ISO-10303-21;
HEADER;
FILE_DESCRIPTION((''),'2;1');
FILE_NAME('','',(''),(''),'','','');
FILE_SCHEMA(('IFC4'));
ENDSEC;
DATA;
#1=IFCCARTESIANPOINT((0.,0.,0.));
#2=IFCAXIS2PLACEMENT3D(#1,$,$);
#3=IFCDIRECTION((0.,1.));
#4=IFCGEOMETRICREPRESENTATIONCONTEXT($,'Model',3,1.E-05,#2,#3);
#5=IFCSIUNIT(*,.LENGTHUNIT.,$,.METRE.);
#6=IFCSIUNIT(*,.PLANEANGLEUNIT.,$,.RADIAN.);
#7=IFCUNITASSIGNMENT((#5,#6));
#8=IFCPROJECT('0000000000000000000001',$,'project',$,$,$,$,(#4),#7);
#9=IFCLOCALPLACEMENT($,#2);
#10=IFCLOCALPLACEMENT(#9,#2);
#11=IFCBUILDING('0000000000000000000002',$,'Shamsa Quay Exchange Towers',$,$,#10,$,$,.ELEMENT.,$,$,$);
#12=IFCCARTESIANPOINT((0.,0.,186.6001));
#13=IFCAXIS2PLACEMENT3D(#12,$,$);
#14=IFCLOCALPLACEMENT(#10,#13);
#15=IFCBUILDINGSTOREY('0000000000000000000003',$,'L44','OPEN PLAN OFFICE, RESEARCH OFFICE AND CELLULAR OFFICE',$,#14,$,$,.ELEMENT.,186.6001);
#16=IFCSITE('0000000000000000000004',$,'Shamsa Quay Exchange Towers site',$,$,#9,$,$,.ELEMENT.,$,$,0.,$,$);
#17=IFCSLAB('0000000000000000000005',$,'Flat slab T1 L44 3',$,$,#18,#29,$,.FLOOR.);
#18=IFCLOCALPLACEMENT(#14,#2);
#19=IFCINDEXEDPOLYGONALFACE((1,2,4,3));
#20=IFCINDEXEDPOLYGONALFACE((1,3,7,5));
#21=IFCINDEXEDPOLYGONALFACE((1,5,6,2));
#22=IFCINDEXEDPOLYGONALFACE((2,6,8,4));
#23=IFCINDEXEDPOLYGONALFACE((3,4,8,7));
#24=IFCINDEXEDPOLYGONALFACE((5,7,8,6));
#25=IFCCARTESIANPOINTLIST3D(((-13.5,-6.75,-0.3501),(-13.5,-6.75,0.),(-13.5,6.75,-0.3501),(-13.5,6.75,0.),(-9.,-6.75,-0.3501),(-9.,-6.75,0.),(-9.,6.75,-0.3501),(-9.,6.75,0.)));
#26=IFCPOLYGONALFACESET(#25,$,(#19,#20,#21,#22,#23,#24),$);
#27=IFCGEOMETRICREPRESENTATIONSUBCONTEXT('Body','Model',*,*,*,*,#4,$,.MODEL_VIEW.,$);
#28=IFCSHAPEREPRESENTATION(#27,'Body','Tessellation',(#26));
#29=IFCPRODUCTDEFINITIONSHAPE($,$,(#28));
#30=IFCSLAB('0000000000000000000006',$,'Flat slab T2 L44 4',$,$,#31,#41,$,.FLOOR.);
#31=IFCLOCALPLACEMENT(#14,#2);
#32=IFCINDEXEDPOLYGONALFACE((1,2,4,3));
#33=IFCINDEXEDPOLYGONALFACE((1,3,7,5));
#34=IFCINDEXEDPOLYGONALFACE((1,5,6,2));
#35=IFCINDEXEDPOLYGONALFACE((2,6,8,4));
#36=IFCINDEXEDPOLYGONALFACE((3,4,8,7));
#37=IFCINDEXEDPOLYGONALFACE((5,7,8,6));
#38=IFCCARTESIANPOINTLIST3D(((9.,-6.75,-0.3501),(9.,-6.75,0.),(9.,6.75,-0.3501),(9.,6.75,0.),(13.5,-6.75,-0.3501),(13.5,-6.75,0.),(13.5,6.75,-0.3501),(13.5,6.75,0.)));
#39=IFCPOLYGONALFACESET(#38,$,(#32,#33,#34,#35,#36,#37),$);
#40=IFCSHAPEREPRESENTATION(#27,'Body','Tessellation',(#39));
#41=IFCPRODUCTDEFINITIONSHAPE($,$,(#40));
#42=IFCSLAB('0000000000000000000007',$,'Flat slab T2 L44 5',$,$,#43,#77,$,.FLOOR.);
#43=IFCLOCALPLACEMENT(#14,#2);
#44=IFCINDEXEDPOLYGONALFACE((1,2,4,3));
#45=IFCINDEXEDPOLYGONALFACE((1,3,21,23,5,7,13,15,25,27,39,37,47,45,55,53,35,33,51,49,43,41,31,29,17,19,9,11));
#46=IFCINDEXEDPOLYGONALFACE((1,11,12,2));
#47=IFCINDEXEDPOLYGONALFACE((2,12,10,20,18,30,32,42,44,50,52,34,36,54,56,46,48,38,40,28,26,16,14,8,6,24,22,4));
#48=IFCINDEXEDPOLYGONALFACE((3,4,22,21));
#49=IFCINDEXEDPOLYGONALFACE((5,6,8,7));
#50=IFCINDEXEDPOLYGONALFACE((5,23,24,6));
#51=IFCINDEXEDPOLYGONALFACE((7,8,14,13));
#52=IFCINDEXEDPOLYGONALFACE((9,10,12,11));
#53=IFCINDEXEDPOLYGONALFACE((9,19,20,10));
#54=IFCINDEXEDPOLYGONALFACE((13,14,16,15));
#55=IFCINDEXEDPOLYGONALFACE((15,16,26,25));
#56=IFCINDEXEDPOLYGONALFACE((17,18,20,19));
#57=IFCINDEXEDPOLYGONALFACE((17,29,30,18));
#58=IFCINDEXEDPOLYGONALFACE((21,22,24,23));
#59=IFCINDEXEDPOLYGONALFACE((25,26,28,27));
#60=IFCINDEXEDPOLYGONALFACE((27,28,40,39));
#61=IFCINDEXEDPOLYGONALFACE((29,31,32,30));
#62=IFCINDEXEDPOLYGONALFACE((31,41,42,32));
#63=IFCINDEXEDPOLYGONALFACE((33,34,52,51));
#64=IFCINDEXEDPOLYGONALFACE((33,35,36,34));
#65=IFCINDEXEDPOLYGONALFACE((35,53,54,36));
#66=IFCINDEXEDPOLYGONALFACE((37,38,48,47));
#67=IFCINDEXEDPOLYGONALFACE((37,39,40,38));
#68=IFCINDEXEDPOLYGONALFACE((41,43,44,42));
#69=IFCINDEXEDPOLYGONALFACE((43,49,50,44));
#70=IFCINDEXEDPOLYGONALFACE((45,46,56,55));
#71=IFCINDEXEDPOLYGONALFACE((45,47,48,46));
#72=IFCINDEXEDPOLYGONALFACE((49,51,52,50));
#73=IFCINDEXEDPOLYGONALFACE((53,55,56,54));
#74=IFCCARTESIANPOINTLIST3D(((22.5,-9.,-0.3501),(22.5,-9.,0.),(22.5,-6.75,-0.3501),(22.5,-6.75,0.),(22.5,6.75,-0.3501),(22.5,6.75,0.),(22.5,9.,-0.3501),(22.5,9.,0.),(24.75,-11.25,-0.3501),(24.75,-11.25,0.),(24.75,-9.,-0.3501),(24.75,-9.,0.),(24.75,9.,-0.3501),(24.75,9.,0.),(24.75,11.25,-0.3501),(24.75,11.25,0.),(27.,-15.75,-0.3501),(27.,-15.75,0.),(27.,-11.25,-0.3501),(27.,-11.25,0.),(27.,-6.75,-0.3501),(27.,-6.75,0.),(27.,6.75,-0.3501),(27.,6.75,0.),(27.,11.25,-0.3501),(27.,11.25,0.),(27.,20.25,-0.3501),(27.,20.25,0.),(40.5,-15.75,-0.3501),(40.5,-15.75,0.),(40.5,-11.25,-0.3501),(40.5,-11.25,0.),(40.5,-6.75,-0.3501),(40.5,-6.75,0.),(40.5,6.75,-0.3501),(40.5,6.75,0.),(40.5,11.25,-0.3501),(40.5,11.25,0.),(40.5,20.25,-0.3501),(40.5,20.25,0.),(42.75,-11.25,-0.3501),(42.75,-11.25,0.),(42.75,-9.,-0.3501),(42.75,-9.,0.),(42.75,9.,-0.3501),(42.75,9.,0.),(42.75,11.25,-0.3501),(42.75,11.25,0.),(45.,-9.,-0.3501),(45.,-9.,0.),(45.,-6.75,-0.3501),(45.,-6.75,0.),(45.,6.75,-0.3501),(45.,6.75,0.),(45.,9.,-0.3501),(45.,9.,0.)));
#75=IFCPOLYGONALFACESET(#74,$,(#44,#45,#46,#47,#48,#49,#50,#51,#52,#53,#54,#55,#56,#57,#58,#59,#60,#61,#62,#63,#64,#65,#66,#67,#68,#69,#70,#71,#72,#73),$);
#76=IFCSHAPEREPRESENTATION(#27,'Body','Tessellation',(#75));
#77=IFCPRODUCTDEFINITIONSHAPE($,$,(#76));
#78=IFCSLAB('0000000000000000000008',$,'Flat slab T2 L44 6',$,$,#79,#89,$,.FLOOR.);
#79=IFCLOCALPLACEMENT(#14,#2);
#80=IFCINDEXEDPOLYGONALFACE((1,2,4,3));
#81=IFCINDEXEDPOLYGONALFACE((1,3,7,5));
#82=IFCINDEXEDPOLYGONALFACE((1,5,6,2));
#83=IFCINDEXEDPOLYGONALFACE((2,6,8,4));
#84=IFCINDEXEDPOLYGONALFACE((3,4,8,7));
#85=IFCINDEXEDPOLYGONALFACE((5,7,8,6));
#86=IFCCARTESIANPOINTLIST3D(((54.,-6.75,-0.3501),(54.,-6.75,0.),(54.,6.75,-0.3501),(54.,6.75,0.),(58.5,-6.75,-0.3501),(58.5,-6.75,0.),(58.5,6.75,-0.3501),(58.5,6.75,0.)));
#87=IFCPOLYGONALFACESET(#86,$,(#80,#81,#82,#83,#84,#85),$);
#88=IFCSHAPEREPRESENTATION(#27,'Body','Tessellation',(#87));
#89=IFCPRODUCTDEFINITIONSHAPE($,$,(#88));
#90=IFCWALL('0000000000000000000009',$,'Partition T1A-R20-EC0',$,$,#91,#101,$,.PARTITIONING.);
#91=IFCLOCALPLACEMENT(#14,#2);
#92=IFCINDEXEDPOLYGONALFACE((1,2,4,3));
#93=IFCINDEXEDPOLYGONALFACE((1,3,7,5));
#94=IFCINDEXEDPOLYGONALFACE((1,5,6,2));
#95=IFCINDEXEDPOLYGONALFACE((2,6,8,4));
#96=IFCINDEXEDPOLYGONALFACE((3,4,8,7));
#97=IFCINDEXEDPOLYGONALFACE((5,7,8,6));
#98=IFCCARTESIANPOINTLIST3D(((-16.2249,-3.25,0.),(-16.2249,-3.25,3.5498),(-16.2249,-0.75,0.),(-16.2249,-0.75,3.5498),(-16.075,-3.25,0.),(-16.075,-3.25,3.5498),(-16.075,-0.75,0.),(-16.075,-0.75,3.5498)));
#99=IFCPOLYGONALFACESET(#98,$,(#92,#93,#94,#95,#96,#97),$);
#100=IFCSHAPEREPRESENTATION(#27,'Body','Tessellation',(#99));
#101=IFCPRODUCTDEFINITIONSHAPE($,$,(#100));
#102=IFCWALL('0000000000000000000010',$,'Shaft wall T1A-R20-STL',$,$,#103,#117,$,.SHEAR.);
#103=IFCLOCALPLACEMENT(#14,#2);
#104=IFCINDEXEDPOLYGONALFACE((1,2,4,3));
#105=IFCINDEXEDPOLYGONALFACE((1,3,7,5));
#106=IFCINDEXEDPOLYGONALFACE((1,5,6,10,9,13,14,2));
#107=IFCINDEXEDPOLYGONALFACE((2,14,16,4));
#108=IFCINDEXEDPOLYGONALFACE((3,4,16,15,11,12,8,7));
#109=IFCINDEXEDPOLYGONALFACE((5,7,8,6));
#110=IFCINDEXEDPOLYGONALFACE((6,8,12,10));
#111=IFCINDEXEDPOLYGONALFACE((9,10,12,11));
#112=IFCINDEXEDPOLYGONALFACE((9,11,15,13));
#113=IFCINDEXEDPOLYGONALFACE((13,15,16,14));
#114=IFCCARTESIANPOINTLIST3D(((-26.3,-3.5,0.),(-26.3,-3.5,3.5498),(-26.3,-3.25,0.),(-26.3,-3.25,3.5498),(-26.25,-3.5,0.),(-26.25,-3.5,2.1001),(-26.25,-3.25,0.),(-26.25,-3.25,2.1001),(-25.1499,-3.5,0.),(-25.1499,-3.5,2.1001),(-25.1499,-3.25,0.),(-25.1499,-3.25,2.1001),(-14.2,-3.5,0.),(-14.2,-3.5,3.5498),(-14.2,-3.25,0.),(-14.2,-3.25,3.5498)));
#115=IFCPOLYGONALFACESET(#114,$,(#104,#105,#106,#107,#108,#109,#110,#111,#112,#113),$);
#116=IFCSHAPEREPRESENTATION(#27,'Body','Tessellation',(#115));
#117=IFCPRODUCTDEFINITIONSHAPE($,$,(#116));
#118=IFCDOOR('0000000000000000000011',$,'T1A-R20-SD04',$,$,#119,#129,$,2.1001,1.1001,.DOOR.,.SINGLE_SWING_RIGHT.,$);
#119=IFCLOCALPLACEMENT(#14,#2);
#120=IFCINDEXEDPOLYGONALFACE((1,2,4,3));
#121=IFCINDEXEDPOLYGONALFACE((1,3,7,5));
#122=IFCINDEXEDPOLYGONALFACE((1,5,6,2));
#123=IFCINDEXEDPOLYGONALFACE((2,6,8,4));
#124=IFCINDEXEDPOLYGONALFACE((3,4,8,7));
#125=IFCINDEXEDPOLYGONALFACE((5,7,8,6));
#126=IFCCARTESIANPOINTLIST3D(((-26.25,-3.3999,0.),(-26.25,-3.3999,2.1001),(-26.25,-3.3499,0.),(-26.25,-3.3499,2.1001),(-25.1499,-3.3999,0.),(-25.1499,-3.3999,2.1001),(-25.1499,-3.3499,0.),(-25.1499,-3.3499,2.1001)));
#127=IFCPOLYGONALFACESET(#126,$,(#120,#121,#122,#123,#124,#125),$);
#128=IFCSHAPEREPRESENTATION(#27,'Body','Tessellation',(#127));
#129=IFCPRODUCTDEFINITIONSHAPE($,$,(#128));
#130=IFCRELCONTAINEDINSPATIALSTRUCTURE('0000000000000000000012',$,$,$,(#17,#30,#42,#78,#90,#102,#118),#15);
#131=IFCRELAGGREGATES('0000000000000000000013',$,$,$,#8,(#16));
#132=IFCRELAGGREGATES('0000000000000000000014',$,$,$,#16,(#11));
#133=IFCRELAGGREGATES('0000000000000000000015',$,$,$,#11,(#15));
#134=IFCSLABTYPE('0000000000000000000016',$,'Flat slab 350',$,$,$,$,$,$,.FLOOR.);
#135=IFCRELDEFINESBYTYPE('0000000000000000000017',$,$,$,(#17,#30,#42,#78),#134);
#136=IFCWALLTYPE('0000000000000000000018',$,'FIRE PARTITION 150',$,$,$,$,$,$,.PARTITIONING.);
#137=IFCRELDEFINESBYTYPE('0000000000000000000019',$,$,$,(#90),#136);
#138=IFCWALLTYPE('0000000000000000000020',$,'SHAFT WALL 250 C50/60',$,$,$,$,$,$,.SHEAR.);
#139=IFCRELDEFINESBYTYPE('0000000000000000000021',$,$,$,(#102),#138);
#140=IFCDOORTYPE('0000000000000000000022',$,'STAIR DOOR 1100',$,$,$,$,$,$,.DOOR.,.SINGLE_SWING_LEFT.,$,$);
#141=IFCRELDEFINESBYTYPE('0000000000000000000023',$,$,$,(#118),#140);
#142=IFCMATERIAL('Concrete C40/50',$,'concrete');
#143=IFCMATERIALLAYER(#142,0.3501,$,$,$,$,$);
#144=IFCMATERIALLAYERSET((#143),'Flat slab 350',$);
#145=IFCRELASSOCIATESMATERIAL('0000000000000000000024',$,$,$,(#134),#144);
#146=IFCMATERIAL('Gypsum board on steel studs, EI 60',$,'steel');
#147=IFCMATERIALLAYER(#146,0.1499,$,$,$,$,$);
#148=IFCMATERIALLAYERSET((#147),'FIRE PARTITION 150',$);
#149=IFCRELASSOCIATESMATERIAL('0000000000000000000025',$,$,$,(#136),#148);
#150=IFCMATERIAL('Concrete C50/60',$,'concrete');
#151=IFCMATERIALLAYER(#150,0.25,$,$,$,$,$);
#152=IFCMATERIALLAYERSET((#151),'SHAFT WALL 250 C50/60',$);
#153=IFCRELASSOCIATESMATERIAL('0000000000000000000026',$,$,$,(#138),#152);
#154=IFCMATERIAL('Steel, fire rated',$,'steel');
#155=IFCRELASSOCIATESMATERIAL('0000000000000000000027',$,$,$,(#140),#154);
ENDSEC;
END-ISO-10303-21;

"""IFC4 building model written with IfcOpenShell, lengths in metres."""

from ifc_helpers import new_model, si_unit, direction, frame, frame_2d, origin, place, context, subcontext, project, spatial, polyline, rectangle, outline, extrude, material, layer, layer_set, type_object, element, fill, save


model = new_model("IFC4")

# Units and contexts
model_context = context("Model", 3, precision=1e-05, world=origin(), true_north=direction((0.0, 1.0)))
body_context = subcontext(model_context, "Body", "Model", "MODEL_VIEW")
ifc_project = project(units=[si_unit("LENGTHUNIT", "METRE"), si_unit("PLANEANGLEUNIT", "RADIAN")], contexts=[model_context])

# Site, building, storey
site_placement = place(None, origin())
site = spatial("IfcSite", under=ifc_project, at=site_placement, Name="Shamsa Quay Exchange Towers site", CompositionType="ELEMENT", RefElevation=0.0)
building_placement = place(site_placement, origin())
building = spatial("IfcBuilding", under=site, at=building_placement, Name="Shamsa Quay Exchange Towers", CompositionType="ELEMENT")
storey_placement = place(building_placement, frame((0.0, 0.0, 186.6001)))
storey = spatial("IfcBuildingStorey", under=building, at=storey_placement, Name="L44", Description="OPEN PLAN OFFICE, RESEARCH OFFICE AND CELLULAR OFFICE", CompositionType="ELEMENT", Elevation=186.6001)

# Slabs
ifc_material_1 = material(Name="Concrete C40/50", Category="concrete")
ifc_layer_1 = layer(ifc_material_1, 0.3501)
ifc_layer_set_1 = layer_set([ifc_layer_1], Name="Flat slab 350")
slab_type = type_object("IfcSlabType", Name="Flat slab 350", PredefinedType="FLOOR", material=ifc_layer_set_1)
slab_1_placement = place(storey_placement, frame((0.0, 0.0, -0.3501)))
element("IfcSlab", 1, at=slab_1_placement, inside=storey, type_object=slab_type, Name="Flat slab T1 L44 3", PredefinedType="FLOOR", context=body_context, shape_type="SweptSolid", body=[
    extrude(outline(polyline([(-9.0, 6.75), (-13.5, 6.75), (-13.5, -6.75), (-9.0, -6.75), (-9.0, 6.75)])), origin(), (0.0, 0.0, 1.0), 0.3501),
])
slab_2_placement = place(storey_placement, frame((0.0, 0.0, -0.3501)))
element("IfcSlab", 2, at=slab_2_placement, inside=storey, type_object=slab_type, Name="Flat slab T2 L44 4", PredefinedType="FLOOR", context=body_context, shape_type="SweptSolid", body=[
    extrude(outline(polyline([(9.0, -6.75), (13.5, -6.75), (13.5, 6.75), (9.0, 6.75), (9.0, -6.75)])), origin(), (0.0, 0.0, 1.0), 0.3501),
])
slab_3_placement = place(storey_placement, frame((0.0, 0.0, -0.3501)))
element("IfcSlab", 3, at=slab_3_placement, inside=storey, type_object=slab_type, Name="Flat slab T2 L44 5", PredefinedType="FLOOR", context=body_context, shape_type="SweptSolid", body=[
    extrude(outline(polyline([(45.0, -9.0), (45.0, -6.75), (40.5, -6.75), (40.5, 6.75), (45.0, 6.75), (45.0, 9.0), (42.75, 9.0), (42.75, 11.25), (40.5, 11.25), (40.5, 20.25), (27.0, 20.25), (27.0, 11.25), (24.75, 11.25), (24.75, 9.0), (22.5, 9.0), (22.5, 6.75), (27.0, 6.75), (27.0, -6.75), (22.5, -6.75), (22.5, -9.0), (24.75, -9.0), (24.75, -11.25), (27.0, -11.25), (27.0, -15.75), (40.5, -15.75), (40.5, -11.25), (42.75, -11.25), (42.75, -9.0), (45.0, -9.0)])), origin(), (0.0, 0.0, 1.0), 0.3501),
])
slab_4_placement = place(storey_placement, frame((0.0, 0.0, -0.3501)))
element("IfcSlab", 4, at=slab_4_placement, inside=storey, type_object=slab_type, Name="Flat slab T2 L44 6", PredefinedType="FLOOR", context=body_context, shape_type="SweptSolid", body=[
    extrude(outline(polyline([(58.5, 6.75), (54.0, 6.75), (54.0, -6.75), (58.5, -6.75), (58.5, 6.75)])), origin(), (0.0, 0.0, 1.0), 0.3501),
])

# Wall
ifc_material_2 = material(Name="Gypsum board on steel studs, EI 60", Category="steel")
ifc_layer_2 = layer(ifc_material_2, 0.1499)
ifc_layer_set_2 = layer_set([ifc_layer_2], Name="FIRE PARTITION 150")
wall_type_1 = type_object("IfcWallType", Name="FIRE PARTITION 150", PredefinedType="PARTITIONING", material=ifc_layer_set_2)
wall_1_placement = place(storey_placement, frame((-16.1499, -3.25, 0.0), z_axis=(0.0, 0.0, 1.0), x_axis=(0.0, 1.0, 0.0)))
element("IfcWall", 5, at=wall_1_placement, inside=storey, type_object=wall_type_1, Name="Partition T1A-R20-EC0", PredefinedType="PARTITIONING", context=body_context, shape_type="SweptSolid", body=[
    extrude(rectangle(XDim=2.5, YDim=0.1499, at=frame_2d((1.25, 0.0))), origin(), (0.0, 0.0, 1.0), 3.5498),
])

# Wall, opening, door
ifc_material_3 = material(Name="Concrete C50/60", Category="concrete")
ifc_layer_3 = layer(ifc_material_3, 0.25)
ifc_layer_set_3 = layer_set([ifc_layer_3], Name="SHAFT WALL 250 C50/60")
wall_type_2 = type_object("IfcWallType", Name="SHAFT WALL 250 C50/60", PredefinedType="SHEAR", material=ifc_layer_set_3)
wall_2_placement = place(storey_placement, frame((-14.2, -3.375, 0.0), z_axis=(0.0, 0.0, 1.0), x_axis=(-1.0, 0.0, 0.0)))
wall_2 = element("IfcWall", 6, at=wall_2_placement, inside=storey, type_object=wall_type_2, Name="Shaft wall T1A-R20-STL", PredefinedType="SHEAR", context=body_context, shape_type="SweptSolid", body=[
    extrude(rectangle(XDim=12.1001, YDim=0.25, at=frame_2d((6.05, 0.0))), origin(), (0.0, 0.0, 1.0), 3.5498),
])
opening_1_placement = place(wall_2_placement, frame((10.95, 0.0, 0.0)))
opening_1 = element("IfcOpeningElement", 7, at=opening_1_placement, cuts=wall_2, PredefinedType="OPENING", context=body_context, shape_type="SweptSolid", body=[
    extrude(rectangle(XDim=1.1001, YDim=2.1001, at=frame_2d((0.55, 1.05))), frame((0.0, 0.135, 0.0), z_axis=(0.0, -1.0, 0.0), x_axis=(1.0, 0.0, 0.0)), (0.0, 0.0, 1.0), 0.27),
])
ifc_material_4 = material(Name="Steel, fire rated", Category="steel")
door_type_1 = type_object("IfcDoorType", Name="STAIR DOOR 1100", OperationType="SINGLE_SWING_LEFT", PredefinedType="DOOR", material=ifc_material_4)
door_1_placement = place(opening_1_placement, origin())
door_1 = element("IfcDoor", 8, at=door_1_placement, inside=storey, type_object=door_type_1, Name="T1A-R20-SD04", OperationType="SINGLE_SWING_RIGHT", OverallHeight=2.1001, OverallWidth=1.1001, PredefinedType="DOOR", context=body_context, shape_type="SweptSolid", body=[
    extrude(rectangle(XDim=1.1001, YDim=2.1001, at=frame_2d((0.55, 1.05))), frame((0.0, 0.0249, 0.0), z_axis=(0.0, -1.0, 0.0), x_axis=(1.0, 0.0, 0.0)), (0.0, 0.0, 1.0), 0.05),
])
fill(opening_1, door_1)

save(model, "model.ifc")
